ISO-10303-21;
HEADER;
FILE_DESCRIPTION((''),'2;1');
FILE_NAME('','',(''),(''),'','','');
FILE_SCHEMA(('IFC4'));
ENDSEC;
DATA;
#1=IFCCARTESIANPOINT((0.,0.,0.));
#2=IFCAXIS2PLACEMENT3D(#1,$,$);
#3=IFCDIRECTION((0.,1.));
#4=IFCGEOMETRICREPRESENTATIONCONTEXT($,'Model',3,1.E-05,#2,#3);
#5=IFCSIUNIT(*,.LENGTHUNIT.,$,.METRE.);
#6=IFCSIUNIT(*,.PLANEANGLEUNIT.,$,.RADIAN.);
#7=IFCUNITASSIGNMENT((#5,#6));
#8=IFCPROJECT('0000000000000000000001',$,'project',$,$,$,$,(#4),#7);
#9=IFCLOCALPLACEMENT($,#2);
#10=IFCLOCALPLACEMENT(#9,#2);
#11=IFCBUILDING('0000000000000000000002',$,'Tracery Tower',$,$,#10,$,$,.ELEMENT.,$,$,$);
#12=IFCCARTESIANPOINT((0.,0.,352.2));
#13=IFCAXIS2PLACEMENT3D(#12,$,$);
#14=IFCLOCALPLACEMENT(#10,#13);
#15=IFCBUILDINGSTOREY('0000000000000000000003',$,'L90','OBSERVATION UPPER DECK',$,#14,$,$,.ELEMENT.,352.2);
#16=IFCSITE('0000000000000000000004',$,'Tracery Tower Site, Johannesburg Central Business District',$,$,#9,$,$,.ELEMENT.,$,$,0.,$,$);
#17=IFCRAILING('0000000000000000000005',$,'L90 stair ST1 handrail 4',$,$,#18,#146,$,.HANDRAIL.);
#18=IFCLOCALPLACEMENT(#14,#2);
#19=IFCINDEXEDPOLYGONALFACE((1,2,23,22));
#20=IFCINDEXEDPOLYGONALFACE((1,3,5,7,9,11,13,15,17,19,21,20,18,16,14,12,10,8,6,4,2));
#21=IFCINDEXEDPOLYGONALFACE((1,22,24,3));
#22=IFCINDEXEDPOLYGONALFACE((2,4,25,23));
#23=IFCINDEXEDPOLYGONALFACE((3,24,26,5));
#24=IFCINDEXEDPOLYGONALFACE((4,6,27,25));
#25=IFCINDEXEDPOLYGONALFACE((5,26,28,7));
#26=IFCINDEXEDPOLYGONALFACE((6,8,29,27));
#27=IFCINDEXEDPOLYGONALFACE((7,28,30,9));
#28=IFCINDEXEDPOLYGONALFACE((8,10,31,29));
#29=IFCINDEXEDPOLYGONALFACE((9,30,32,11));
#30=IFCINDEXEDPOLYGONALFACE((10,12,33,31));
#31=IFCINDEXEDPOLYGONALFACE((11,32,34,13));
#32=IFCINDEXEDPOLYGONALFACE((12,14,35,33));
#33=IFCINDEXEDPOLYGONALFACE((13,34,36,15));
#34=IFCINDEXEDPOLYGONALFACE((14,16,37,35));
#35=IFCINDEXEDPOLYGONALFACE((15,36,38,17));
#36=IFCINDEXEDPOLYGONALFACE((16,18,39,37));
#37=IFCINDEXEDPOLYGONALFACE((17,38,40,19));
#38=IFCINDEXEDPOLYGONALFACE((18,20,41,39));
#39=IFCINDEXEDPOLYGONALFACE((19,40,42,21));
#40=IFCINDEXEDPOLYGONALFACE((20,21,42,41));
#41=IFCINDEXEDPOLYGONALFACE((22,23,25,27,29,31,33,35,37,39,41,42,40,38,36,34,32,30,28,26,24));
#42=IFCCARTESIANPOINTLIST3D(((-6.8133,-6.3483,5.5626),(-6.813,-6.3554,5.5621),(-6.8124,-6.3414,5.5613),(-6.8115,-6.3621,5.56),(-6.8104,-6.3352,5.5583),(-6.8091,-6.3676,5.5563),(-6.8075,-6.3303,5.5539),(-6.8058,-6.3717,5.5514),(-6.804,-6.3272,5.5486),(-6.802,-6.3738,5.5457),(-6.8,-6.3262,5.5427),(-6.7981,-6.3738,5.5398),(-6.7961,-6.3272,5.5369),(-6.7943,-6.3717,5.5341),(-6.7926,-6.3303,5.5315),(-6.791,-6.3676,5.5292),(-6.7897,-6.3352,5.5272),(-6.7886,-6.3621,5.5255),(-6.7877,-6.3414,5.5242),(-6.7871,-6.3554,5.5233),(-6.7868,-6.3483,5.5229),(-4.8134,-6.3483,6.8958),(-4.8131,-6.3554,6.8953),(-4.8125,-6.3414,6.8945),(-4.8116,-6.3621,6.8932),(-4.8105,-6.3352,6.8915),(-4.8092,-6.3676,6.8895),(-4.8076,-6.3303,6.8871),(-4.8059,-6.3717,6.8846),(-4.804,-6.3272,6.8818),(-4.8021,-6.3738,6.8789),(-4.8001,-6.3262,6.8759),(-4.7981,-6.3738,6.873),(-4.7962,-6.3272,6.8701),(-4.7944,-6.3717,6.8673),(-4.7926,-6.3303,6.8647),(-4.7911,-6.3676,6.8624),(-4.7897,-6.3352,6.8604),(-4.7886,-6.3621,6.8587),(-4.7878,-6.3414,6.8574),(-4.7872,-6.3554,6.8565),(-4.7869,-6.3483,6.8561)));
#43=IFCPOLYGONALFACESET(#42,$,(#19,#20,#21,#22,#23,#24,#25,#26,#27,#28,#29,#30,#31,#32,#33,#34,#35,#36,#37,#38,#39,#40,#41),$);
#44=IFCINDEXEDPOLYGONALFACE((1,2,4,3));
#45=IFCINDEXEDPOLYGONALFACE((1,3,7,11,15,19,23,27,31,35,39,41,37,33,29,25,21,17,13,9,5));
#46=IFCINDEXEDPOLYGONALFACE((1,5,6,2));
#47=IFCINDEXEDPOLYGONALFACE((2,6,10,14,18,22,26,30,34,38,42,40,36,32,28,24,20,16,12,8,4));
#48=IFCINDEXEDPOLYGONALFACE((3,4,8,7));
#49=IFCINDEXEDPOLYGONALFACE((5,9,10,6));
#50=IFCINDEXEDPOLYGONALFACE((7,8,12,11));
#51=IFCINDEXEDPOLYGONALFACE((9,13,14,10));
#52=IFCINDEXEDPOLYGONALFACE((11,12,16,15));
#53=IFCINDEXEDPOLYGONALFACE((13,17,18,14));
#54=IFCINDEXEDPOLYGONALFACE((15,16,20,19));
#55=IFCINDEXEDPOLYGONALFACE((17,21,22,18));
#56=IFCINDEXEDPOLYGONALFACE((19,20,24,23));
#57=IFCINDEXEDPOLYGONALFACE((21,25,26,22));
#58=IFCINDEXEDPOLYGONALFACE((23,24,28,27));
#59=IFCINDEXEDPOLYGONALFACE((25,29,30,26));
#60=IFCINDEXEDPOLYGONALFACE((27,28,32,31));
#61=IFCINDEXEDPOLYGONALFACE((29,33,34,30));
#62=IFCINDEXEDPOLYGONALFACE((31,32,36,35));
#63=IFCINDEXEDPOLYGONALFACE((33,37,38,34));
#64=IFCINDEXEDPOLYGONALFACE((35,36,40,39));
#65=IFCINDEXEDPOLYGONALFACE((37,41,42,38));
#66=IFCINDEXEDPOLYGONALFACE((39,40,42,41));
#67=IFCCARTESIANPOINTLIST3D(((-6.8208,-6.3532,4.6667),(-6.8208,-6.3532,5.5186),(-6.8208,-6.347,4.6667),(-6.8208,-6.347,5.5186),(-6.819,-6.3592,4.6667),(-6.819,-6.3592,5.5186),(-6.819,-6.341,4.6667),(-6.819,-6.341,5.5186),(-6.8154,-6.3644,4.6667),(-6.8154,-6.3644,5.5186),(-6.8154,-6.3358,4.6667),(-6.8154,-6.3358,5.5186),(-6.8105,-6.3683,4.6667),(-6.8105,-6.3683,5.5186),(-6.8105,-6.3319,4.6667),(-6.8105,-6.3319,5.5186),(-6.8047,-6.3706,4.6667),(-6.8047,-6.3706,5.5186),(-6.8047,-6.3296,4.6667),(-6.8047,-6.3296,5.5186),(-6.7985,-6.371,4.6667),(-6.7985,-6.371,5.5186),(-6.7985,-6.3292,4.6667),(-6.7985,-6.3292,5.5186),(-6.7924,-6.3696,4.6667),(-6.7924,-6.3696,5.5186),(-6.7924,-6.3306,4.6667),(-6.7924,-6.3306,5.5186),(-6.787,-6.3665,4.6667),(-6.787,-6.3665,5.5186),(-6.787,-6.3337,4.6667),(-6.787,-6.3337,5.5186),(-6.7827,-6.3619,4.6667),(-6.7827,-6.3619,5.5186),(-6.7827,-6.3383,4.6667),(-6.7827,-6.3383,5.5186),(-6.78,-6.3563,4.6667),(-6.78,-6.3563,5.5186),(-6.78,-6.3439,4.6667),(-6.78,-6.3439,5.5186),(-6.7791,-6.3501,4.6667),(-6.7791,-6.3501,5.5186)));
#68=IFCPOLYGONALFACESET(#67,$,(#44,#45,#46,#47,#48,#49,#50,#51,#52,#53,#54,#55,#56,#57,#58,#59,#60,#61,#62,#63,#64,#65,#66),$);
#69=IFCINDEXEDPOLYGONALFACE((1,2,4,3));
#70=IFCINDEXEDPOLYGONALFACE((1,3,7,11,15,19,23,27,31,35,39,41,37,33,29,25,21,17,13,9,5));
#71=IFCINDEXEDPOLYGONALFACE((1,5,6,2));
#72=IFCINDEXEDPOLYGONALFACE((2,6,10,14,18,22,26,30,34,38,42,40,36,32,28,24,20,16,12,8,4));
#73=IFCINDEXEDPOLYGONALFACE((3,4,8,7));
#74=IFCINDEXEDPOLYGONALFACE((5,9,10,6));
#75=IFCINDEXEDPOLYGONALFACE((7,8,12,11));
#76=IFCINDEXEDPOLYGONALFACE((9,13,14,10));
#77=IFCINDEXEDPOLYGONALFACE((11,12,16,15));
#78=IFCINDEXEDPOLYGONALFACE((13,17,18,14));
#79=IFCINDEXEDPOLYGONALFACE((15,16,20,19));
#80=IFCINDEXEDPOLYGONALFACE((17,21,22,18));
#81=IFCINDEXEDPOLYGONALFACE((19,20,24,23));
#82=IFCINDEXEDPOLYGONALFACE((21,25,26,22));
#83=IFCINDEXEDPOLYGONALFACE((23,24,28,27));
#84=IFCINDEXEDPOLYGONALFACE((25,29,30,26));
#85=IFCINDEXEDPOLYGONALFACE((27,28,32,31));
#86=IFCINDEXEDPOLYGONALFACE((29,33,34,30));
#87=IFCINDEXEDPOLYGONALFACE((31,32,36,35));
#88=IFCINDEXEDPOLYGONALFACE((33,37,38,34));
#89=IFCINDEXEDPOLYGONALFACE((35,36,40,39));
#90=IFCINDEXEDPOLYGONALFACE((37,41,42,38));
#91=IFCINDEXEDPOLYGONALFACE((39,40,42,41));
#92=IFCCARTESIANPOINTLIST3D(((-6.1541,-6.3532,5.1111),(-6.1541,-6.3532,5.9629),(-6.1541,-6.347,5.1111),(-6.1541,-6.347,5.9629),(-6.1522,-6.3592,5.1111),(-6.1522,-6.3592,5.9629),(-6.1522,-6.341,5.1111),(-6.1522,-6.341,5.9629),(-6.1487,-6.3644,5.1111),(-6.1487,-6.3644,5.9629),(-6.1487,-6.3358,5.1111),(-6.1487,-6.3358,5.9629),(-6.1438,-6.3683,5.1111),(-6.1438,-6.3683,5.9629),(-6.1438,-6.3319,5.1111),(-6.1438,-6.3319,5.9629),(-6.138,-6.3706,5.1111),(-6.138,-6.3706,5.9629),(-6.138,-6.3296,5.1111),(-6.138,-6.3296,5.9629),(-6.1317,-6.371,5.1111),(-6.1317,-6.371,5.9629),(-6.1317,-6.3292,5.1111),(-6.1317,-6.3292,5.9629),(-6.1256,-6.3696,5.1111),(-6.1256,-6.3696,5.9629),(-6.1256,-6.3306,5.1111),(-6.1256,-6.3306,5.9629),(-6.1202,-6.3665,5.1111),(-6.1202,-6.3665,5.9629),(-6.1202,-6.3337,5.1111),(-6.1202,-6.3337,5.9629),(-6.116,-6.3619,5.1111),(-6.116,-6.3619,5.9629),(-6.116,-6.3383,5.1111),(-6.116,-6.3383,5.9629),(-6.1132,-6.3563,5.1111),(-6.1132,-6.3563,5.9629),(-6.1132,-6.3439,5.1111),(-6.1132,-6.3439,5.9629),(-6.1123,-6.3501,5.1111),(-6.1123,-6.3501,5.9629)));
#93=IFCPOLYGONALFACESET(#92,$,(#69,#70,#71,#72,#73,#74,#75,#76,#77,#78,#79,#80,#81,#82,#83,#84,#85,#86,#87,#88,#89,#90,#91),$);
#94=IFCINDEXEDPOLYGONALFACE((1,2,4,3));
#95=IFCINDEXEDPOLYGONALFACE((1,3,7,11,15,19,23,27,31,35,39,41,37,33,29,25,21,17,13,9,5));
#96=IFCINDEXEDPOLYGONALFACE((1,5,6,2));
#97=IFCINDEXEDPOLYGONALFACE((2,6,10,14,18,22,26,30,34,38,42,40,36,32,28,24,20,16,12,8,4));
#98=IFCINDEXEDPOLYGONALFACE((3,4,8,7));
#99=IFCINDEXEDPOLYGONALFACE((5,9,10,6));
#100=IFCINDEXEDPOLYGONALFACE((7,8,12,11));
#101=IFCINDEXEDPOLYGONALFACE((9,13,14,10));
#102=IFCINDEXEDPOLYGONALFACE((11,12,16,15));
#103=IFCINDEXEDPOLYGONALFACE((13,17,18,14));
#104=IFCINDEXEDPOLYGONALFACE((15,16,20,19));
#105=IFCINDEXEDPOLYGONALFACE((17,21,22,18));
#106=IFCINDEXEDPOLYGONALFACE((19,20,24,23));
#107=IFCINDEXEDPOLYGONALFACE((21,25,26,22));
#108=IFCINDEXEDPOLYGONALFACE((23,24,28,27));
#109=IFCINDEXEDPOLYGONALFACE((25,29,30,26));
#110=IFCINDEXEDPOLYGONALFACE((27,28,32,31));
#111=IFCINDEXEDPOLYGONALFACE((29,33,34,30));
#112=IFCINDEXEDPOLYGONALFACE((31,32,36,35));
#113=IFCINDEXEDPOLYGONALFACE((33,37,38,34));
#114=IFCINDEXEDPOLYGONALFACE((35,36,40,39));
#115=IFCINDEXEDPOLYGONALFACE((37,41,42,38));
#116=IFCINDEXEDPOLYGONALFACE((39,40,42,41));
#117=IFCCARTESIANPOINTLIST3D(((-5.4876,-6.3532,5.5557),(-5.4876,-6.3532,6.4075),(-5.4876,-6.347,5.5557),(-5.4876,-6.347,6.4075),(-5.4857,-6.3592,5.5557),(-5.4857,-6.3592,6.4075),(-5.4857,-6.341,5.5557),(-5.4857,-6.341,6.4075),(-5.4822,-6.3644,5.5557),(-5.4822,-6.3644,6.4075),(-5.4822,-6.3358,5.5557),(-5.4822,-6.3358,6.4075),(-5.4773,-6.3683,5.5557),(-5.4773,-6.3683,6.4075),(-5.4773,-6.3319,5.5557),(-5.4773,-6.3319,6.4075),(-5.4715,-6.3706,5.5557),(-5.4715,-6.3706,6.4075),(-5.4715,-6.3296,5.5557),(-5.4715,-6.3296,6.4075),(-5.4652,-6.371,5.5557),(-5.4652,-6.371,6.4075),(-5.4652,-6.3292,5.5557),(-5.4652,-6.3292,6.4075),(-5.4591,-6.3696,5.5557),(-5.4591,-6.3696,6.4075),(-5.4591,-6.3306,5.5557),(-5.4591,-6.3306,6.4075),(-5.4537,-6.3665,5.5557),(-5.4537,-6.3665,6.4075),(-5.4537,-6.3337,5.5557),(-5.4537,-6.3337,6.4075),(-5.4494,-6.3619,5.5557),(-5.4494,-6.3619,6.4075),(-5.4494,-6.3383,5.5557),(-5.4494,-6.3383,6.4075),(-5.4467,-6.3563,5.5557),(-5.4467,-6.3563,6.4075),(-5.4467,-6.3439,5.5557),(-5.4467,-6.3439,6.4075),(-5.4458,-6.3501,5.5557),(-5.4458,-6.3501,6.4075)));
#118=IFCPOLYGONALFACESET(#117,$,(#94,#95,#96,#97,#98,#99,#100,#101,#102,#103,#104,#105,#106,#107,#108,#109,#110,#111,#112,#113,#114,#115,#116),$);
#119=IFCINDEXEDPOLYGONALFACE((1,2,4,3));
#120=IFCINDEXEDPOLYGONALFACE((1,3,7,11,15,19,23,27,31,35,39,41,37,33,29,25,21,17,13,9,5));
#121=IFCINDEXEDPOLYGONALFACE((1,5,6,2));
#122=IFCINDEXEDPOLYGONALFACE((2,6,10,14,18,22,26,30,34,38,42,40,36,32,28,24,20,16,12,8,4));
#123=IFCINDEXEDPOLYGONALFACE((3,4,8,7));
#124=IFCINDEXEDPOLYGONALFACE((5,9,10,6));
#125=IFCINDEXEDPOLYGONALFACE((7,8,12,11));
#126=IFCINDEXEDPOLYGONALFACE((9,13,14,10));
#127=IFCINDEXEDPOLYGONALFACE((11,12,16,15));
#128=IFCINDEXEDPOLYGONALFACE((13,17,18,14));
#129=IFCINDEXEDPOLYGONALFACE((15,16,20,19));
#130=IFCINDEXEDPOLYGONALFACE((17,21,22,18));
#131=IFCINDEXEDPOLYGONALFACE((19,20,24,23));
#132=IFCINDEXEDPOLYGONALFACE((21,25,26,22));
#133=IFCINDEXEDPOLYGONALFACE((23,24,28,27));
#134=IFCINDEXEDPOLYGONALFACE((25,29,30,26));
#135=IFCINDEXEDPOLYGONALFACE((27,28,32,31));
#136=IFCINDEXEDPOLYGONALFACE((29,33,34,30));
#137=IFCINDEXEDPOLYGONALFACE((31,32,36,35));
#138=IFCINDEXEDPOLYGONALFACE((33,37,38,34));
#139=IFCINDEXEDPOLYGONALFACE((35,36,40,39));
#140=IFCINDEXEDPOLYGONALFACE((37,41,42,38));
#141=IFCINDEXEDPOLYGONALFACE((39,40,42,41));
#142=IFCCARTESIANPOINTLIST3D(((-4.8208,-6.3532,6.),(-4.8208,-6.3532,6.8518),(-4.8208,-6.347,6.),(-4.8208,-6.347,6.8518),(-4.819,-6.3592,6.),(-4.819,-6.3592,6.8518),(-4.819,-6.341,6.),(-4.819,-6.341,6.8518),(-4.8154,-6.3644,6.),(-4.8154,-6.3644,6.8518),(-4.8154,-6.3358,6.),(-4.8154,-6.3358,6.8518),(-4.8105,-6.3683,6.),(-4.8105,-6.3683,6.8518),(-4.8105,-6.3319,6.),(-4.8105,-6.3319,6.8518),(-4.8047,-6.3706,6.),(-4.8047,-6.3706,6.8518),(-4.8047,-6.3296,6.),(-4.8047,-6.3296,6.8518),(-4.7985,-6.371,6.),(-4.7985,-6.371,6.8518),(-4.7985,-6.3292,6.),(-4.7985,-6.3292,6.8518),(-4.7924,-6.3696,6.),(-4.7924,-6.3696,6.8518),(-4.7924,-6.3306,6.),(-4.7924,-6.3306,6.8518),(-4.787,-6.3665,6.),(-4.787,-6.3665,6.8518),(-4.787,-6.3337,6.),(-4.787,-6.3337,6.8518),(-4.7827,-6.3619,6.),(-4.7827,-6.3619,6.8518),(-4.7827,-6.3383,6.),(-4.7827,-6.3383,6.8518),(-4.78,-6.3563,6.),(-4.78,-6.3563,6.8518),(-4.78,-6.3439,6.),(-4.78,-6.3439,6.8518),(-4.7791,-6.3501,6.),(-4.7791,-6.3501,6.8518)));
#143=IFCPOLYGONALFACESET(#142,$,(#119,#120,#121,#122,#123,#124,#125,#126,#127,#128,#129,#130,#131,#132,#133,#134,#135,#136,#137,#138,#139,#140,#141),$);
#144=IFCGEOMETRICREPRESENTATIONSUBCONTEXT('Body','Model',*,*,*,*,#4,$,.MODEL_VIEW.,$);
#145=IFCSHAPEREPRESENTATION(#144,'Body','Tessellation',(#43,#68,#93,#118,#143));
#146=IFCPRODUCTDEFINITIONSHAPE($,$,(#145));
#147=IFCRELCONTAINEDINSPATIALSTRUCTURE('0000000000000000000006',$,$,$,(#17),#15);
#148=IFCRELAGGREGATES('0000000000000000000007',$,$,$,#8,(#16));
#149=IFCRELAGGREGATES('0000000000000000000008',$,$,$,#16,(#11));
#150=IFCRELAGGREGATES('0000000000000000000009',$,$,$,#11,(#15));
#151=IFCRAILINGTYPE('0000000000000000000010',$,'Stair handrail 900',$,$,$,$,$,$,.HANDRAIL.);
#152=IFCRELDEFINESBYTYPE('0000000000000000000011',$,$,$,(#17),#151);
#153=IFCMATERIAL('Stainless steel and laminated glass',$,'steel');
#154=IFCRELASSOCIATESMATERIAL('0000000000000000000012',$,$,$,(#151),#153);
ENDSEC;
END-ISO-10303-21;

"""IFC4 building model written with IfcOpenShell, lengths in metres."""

from ifc_helpers import new_model, si_unit, direction, frame, origin, origin_2d, place, context, subcontext, project, spatial, circle, extrude, material, type_object, element, save


model = new_model("IFC4")

# Units and contexts
model_context = context("Model", 3, precision=1e-05, world=origin(), true_north=direction((0.0, 1.0)))
body_context = subcontext(model_context, "Body", "Model", "MODEL_VIEW")
ifc_project = project(units=[si_unit("LENGTHUNIT", "METRE"), si_unit("PLANEANGLEUNIT", "RADIAN")], contexts=[model_context])

# Site, building, storey
site_placement = place(None, origin())
site = spatial("IfcSite", under=ifc_project, at=site_placement, Name="Tracery Tower Site, Johannesburg Central Business District", CompositionType="ELEMENT", RefElevation=0.0)
building_placement = place(site_placement, origin())
building = spatial("IfcBuilding", under=site, at=building_placement, Name="Tracery Tower", CompositionType="ELEMENT")
storey_placement = place(building_placement, frame((0.0, 0.0, 352.2)))
storey = spatial("IfcBuildingStorey", under=building, at=storey_placement, Name="L90", Description="OBSERVATION UPPER DECK", CompositionType="ELEMENT", Elevation=352.2)

# Railing
ifc_material_1 = material(Name="Stainless steel and laminated glass", Category="steel")
railing_type = type_object("IfcRailingType", Name="Stair handrail 900", PredefinedType="HANDRAIL", material=ifc_material_1)
for number, where, name in (
    (1, (-6.8, -6.3501, 4.6667), "L90 stair ST1 handrail 4"),
):
    element("IfcRailing", number, at=place(storey_placement, frame(where)), inside=storey, type_object=railing_type, Name=name, PredefinedType="HANDRAIL", context=body_context, shape_type="SweptSolid", body=[
        extrude(circle(Radius=0.0239, at=origin_2d()), frame((0.0, 0.0, 0.876), z_axis=(0.832066, 0.0, 0.554677), x_axis=(0.0, 1.0, 0.0)), (0.0, 0.0, 1.0), 2.4036),
        extrude(circle(Radius=0.021, at=origin_2d()), origin(), (0.0, 0.0, 1.0), 0.8518),
        extrude(circle(Radius=0.021, at=origin_2d()), frame((0.6667, 0.0, 0.4443)), (0.0, 0.0, 1.0), 0.8518),
        extrude(circle(Radius=0.021, at=origin_2d()), frame((1.3333, 0.0, 0.8889)), (0.0, 0.0, 1.0), 0.8518),
        extrude(circle(Radius=0.021, at=origin_2d()), frame((2.0, 0.0, 1.3333)), (0.0, 0.0, 1.0), 0.8518),
    ])

save(model, "model.ifc")
